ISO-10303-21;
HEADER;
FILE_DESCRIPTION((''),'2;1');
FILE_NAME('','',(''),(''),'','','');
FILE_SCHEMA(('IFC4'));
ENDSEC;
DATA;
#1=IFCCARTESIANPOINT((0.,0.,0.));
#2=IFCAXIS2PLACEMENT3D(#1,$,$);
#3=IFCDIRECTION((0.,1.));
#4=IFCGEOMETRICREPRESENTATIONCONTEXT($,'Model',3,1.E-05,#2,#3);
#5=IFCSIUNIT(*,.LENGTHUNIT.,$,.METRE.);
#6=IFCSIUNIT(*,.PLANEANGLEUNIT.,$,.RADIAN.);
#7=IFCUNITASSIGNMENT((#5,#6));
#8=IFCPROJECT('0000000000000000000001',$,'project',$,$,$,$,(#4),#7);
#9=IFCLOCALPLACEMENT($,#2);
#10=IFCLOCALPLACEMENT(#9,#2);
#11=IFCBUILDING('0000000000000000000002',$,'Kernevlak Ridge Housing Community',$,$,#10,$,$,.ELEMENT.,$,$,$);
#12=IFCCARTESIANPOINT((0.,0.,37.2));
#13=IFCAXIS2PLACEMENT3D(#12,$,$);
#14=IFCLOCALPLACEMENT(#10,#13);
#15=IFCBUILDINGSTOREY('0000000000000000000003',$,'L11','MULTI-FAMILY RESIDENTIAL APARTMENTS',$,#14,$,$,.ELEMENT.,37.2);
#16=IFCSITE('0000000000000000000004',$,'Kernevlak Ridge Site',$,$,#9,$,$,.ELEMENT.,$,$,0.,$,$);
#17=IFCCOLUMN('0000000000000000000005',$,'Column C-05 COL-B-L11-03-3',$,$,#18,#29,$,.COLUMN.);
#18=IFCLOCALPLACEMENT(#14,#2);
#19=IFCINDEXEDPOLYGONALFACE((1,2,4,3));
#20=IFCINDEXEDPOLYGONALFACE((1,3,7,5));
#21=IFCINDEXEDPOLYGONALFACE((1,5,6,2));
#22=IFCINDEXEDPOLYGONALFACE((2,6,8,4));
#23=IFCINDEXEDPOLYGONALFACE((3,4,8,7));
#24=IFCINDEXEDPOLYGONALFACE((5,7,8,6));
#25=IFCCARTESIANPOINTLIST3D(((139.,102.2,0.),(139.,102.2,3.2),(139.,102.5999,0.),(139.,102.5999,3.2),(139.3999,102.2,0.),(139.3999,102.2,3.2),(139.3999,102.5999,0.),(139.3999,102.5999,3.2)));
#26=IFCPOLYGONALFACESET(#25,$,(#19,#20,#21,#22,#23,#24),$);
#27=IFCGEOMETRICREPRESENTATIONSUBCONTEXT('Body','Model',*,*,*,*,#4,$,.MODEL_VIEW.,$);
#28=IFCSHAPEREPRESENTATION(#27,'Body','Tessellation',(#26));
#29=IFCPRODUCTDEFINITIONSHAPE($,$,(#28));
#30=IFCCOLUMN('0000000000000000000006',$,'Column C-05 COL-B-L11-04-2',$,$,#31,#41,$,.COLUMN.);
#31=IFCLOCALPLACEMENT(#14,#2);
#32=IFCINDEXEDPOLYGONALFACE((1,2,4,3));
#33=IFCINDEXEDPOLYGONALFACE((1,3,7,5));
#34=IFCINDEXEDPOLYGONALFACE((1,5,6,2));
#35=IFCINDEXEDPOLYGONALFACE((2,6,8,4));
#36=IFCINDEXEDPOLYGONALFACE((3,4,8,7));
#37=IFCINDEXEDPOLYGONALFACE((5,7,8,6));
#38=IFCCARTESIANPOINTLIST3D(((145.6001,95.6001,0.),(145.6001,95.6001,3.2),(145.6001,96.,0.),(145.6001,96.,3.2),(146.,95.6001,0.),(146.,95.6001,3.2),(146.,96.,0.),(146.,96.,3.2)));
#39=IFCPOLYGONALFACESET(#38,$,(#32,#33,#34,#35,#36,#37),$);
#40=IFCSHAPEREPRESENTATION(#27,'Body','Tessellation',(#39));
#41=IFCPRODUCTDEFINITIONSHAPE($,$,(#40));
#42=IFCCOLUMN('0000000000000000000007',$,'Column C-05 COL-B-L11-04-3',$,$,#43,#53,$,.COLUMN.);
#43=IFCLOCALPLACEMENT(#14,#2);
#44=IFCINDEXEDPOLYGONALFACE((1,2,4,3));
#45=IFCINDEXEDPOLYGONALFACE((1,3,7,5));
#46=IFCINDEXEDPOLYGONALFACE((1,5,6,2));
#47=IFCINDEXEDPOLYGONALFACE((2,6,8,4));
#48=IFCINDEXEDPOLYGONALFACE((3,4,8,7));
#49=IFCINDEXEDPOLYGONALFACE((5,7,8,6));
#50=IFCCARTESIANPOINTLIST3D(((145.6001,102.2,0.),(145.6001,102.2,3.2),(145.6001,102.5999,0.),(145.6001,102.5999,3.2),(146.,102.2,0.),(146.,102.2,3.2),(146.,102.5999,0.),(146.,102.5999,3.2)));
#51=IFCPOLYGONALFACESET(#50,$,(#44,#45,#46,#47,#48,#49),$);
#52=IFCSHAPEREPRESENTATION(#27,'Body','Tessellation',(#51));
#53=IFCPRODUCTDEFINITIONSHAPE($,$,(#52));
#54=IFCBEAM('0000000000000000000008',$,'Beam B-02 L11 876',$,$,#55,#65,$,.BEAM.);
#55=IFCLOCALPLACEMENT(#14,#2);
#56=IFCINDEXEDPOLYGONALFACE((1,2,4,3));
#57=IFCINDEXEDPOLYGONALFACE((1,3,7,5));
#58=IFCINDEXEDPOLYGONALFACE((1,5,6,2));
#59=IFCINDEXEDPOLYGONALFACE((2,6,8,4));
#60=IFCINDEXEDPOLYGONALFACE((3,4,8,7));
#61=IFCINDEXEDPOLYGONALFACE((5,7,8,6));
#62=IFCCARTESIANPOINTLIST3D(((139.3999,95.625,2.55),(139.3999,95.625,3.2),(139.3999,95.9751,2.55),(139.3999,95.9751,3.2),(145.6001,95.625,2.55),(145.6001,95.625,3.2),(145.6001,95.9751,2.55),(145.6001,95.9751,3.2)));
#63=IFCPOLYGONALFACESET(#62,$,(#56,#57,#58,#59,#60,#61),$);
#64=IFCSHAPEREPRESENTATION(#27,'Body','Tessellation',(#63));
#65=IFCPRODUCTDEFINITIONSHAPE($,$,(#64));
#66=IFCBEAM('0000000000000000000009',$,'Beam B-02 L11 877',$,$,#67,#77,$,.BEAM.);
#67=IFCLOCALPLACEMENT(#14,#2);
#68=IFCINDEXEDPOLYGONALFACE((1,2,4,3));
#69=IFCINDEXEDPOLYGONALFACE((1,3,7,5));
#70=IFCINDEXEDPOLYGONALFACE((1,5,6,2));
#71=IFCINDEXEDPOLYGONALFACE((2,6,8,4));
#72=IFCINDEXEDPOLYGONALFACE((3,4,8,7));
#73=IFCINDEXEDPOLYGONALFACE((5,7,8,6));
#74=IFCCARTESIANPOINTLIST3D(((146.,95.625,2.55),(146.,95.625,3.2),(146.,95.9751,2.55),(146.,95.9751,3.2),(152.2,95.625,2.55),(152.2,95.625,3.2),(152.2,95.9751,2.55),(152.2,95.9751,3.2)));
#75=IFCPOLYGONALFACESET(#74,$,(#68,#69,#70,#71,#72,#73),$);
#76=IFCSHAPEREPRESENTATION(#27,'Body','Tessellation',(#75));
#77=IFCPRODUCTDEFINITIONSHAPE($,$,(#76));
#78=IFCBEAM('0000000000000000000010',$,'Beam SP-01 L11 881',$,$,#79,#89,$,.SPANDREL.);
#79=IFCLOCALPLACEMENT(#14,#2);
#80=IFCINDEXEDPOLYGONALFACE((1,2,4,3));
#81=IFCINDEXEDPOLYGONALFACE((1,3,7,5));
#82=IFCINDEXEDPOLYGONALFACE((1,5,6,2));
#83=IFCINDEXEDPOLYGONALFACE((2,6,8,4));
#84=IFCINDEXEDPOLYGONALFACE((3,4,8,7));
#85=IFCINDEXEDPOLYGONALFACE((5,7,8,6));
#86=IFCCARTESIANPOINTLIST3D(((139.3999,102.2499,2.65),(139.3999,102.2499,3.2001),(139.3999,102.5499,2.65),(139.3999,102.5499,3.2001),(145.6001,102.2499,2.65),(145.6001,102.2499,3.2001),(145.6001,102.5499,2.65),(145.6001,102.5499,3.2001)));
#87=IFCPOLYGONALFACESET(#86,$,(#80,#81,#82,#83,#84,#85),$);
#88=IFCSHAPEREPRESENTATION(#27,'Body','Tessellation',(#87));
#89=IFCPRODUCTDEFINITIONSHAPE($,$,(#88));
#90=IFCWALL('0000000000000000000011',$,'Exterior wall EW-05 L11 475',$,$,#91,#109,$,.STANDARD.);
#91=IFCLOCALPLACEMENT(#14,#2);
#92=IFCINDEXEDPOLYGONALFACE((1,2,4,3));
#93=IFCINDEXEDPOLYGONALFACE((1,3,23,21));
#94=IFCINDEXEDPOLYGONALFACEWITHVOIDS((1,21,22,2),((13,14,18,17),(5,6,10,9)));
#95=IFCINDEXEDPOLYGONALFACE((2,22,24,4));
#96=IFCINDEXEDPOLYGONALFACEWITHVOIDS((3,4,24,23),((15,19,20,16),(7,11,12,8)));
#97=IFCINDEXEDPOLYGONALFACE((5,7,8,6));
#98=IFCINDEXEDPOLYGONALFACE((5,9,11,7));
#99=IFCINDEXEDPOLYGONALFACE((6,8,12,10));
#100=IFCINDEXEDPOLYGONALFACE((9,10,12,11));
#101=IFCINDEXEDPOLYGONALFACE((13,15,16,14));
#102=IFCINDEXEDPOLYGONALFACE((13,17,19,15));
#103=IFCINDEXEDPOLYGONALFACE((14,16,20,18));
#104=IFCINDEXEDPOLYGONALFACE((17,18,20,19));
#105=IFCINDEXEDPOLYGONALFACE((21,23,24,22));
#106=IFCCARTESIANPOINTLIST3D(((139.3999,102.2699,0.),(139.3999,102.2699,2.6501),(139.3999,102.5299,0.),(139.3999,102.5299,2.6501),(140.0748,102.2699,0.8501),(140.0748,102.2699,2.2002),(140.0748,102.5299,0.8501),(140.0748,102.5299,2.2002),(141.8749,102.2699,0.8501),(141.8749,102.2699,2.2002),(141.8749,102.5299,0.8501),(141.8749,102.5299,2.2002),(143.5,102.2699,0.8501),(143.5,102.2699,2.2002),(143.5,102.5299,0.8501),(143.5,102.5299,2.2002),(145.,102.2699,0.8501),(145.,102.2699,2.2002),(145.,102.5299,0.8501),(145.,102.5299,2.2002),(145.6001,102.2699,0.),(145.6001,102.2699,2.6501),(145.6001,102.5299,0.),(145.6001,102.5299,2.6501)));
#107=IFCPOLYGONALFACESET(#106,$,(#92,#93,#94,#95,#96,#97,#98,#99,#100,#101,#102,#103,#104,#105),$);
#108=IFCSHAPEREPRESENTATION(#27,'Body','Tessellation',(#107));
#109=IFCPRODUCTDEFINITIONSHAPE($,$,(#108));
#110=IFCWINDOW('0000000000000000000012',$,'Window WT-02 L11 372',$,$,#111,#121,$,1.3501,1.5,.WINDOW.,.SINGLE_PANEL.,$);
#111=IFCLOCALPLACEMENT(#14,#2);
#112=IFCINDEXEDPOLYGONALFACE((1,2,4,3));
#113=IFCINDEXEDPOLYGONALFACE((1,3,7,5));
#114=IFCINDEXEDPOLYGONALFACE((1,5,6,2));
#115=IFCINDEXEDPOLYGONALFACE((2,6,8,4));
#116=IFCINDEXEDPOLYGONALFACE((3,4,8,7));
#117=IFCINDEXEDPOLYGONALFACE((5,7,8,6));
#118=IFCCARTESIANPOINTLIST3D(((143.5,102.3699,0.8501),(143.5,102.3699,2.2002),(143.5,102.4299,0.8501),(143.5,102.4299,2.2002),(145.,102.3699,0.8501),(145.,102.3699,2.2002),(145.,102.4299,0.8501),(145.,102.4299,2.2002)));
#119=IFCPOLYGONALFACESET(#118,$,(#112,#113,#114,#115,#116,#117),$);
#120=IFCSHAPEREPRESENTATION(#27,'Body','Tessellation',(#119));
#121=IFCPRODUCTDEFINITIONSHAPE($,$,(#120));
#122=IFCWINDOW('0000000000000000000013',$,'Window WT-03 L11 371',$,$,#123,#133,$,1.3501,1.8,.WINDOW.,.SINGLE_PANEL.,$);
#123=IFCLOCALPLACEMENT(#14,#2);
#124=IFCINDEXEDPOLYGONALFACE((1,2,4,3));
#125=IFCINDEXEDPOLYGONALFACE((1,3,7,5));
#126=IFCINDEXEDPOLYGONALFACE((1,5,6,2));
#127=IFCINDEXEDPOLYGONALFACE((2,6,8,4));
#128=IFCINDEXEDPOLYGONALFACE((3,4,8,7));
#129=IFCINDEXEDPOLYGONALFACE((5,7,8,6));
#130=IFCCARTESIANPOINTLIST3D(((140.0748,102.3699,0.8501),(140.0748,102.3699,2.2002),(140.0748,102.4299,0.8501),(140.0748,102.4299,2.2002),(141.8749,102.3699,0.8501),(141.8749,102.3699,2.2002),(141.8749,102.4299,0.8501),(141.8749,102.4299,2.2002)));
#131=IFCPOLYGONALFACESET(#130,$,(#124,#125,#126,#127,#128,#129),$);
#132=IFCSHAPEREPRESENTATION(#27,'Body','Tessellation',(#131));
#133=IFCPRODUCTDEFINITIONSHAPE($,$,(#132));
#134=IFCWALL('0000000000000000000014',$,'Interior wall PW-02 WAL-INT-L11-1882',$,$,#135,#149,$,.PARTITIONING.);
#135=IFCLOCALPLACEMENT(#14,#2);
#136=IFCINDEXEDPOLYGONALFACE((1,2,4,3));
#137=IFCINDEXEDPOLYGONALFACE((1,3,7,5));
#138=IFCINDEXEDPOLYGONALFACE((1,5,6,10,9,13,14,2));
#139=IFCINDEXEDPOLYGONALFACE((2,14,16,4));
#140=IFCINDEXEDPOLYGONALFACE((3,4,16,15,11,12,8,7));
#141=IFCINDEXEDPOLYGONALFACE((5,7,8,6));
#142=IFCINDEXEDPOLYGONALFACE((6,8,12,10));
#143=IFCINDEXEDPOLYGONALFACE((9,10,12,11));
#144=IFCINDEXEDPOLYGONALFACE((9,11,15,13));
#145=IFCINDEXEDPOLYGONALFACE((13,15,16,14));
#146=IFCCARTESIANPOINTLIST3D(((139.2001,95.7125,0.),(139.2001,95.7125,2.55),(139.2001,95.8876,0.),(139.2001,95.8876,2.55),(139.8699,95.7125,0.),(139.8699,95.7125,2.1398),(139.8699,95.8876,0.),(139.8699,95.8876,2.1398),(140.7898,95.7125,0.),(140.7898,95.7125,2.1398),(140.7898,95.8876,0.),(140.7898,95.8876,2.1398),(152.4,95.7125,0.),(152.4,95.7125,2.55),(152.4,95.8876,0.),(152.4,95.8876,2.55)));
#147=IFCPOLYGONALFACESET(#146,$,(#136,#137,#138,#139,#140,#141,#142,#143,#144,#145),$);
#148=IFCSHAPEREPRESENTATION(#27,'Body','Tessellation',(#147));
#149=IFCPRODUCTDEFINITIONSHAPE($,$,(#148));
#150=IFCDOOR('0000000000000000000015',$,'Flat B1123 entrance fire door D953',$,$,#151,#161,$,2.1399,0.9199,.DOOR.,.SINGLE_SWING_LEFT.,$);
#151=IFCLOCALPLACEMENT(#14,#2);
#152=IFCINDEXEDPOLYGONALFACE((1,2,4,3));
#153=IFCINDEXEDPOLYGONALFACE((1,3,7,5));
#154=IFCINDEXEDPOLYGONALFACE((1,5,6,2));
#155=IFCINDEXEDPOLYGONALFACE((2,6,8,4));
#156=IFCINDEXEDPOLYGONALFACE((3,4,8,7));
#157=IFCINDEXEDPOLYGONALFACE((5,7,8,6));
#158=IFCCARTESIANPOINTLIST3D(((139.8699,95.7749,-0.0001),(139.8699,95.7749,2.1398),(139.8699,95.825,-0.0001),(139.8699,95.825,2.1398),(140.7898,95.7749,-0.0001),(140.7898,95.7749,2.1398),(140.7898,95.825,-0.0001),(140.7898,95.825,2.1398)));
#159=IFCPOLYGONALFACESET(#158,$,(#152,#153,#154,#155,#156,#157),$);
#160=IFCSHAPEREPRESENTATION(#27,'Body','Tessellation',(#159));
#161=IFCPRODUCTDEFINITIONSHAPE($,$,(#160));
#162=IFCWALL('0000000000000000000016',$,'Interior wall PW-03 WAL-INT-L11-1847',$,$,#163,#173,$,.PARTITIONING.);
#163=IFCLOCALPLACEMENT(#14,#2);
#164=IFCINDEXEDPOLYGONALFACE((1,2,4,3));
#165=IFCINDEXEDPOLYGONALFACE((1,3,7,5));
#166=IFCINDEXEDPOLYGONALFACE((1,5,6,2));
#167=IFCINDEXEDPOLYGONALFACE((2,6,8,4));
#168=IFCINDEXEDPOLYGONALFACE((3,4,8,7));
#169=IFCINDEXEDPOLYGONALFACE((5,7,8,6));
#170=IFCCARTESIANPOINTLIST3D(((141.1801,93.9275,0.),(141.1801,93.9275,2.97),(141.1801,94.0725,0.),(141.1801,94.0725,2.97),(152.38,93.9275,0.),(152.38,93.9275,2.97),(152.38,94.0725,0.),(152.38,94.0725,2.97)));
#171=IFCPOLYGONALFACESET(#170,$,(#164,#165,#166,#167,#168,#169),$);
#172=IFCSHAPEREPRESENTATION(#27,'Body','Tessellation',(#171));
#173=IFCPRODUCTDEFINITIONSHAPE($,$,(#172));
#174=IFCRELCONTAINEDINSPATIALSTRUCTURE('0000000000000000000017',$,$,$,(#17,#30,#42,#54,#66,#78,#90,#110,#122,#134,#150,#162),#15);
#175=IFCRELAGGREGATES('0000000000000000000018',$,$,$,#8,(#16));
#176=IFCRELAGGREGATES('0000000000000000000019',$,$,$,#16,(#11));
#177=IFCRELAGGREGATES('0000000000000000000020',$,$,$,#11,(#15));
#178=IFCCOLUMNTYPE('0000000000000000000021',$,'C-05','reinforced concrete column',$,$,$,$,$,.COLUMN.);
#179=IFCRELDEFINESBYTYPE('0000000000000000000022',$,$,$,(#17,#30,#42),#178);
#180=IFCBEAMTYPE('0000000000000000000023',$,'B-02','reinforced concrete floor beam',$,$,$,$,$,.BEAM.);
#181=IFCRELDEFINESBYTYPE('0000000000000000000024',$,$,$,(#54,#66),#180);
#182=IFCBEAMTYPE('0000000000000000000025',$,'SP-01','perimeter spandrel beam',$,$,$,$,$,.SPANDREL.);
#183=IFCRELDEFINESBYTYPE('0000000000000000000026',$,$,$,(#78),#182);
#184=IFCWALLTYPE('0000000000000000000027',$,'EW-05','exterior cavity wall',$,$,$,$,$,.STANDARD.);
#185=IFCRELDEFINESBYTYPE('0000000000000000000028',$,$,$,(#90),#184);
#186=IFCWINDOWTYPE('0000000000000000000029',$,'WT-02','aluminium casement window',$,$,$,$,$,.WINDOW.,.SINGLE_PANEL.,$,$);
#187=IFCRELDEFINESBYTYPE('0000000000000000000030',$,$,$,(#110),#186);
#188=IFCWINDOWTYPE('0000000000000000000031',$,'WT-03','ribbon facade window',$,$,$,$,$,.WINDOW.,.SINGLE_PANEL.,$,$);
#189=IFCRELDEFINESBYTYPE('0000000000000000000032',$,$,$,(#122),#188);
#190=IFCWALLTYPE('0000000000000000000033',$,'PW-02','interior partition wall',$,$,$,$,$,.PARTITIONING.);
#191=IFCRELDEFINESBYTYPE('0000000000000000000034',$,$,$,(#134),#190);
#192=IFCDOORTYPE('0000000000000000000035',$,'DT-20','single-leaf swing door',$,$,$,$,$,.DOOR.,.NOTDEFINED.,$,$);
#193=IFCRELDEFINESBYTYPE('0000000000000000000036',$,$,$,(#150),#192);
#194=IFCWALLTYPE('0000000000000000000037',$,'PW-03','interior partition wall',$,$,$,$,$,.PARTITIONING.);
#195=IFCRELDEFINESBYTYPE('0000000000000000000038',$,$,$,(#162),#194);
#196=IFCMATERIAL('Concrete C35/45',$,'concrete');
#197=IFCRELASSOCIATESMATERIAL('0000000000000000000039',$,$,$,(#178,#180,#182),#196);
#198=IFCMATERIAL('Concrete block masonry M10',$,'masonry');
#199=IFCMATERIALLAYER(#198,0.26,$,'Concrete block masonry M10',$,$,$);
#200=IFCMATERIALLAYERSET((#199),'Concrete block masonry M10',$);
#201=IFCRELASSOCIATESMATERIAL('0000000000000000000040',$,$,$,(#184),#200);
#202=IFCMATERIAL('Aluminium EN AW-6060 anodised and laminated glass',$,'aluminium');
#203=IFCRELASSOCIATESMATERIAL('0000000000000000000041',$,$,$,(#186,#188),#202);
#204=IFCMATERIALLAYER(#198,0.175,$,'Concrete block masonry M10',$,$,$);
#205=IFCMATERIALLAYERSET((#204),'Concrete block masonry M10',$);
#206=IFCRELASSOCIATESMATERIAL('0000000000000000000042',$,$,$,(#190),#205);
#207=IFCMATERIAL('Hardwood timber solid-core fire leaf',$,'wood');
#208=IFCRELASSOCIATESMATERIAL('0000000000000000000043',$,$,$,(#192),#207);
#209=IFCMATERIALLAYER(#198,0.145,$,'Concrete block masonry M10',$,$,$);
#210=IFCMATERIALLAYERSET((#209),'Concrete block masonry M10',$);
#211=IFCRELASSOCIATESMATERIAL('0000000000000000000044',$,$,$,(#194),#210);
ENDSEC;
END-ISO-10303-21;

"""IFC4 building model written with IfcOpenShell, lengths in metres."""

from ifc_helpers import new_model, si_unit, direction, frame, frame_2d, origin, origin_2d, place, context, subcontext, project, spatial, rectangle, extrude, material, layer, layer_set, material_profile, profile_set, type_object, element, fill, save


model = new_model("IFC4")

# Units and contexts
model_context = context("Model", 3, precision=1e-05, world=origin(), true_north=direction((0.0, 1.0)))
body_context = subcontext(model_context, "Body", "Model", "MODEL_VIEW")
ifc_project = project(units=[si_unit("LENGTHUNIT", "METRE"), si_unit("PLANEANGLEUNIT", "RADIAN")], contexts=[model_context])

# Site, building, storey
site_placement = place(None, origin())
site = spatial("IfcSite", under=ifc_project, at=site_placement, Name="Kernevlak Ridge Site", CompositionType="ELEMENT", RefElevation=0.0)
building_placement = place(site_placement, origin())
building = spatial("IfcBuilding", under=site, at=building_placement, Name="Kernevlak Ridge Housing Community", CompositionType="ELEMENT")
storey_placement = place(building_placement, frame((0.0, 0.0, 37.2)))
storey = spatial("IfcBuildingStorey", under=building, at=storey_placement, Name="L11", Description="MULTI-FAMILY RESIDENTIAL APARTMENTS", CompositionType="ELEMENT", Elevation=37.2)

# Columns
ifc_material_1 = material(Name="Concrete C35/45", Category="concrete")
ifc_material_profile_1 = material_profile(ifc_material_1, rectangle(XDim=0.3999, YDim=0.3999, at=origin_2d()), Name="RC 400x400")
ifc_profile_set_1 = profile_set([ifc_material_profile_1], Name="Concrete C35/45")
column_type = type_object("IfcColumnType", Name="C-05", Description="reinforced concrete column", PredefinedType="COLUMN", material=ifc_profile_set_1)
for number, where, z_axis, x_axis, name in (
    (1, (139.2, 102.3999, 0.0), (0.0, 0.0, 1.0), (1.0, 0.0, 0.0), "Column C-05 COL-B-L11-03-3"),
    (2, (145.8, 95.8, 0.0), (0.0, 0.0, 1.0), (1.0, 0.0, 0.0), "Column C-05 COL-B-L11-04-2"),
    (3, (145.8, 102.3999, 0.0), (0.0, 0.0, 1.0), (1.0, 0.0, 0.0), "Column C-05 COL-B-L11-04-3"),
):
    element("IfcColumn", number, at=place(storey_placement, frame(where, z_axis=z_axis, x_axis=x_axis)), inside=storey, type_object=column_type, Name=name, PredefinedType="COLUMN", context=body_context, shape_type="SweptSolid", body=[
        extrude(rectangle(XDim=0.3999, YDim=0.3999, at=origin_2d()), origin(), (0.0, 0.0, 1.0), 3.2),
    ])

# Beams
ifc_material_profile_2 = material_profile(ifc_material_1, rectangle(XDim=0.3501, YDim=0.6499, at=origin_2d()), Name="RC 350x650")
ifc_profile_set_2 = profile_set([ifc_material_profile_2], Name="Concrete C35/45")
beam_type_1 = type_object("IfcBeamType", Name="B-02", Description="reinforced concrete floor beam", PredefinedType="BEAM", material=ifc_profile_set_2)
beam_1_placement = place(storey_placement, frame((139.3999, 95.8, 2.875), z_axis=(1.0, 0.0, 0.0), x_axis=(0.0, 1.0, 0.0)))
element("IfcBeam", 4, at=beam_1_placement, inside=storey, type_object=beam_type_1, Name="Beam B-02 L11 876", PredefinedType="BEAM", context=body_context, shape_type="SweptSolid", body=[
    extrude(rectangle(XDim=0.3501, YDim=0.6499, at=origin_2d()), origin(), (0.0, 0.0, 1.0), 6.2002),
])
beam_2_placement = place(storey_placement, frame((146.0, 95.8, 2.875), z_axis=(1.0, 0.0, 0.0), x_axis=(0.0, 1.0, 0.0)))
element("IfcBeam", 5, at=beam_2_placement, inside=storey, type_object=beam_type_1, Name="Beam B-02 L11 877", PredefinedType="BEAM", context=body_context, shape_type="SweptSolid", body=[
    extrude(rectangle(XDim=0.3501, YDim=0.6499, at=origin_2d()), origin(), (0.0, 0.0, 1.0), 6.2),
])
ifc_material_profile_3 = material_profile(ifc_material_1, rectangle(XDim=0.3, YDim=0.55, at=origin_2d()), Name="RC 300x550")
ifc_profile_set_3 = profile_set([ifc_material_profile_3], Name="Concrete C35/45")
beam_type_2 = type_object("IfcBeamType", Name="SP-01", Description="perimeter spandrel beam", PredefinedType="SPANDREL", material=ifc_profile_set_3)
beam_3_placement = place(storey_placement, frame((139.3999, 102.3999, 2.925), z_axis=(1.0, 0.0, 0.0), x_axis=(0.0, 1.0, 0.0)))
element("IfcBeam", 6, at=beam_3_placement, inside=storey, type_object=beam_type_2, Name="Beam SP-01 L11 881", PredefinedType="SPANDREL", context=body_context, shape_type="SweptSolid", body=[
    extrude(rectangle(XDim=0.3, YDim=0.55, at=origin_2d()), origin(), (0.0, 0.0, 1.0), 6.2002),
])

# Wall, openings, windows
ifc_material_2 = material(Name="Concrete block masonry M10", Category="masonry")
ifc_layer_1 = layer(ifc_material_2, 0.26, Name="Concrete block masonry M10")
ifc_layer_set_1 = layer_set([ifc_layer_1], Name="Concrete block masonry M10")
wall_type_1 = type_object("IfcWallType", Name="EW-05", Description="exterior cavity wall", PredefinedType="STANDARD", material=ifc_layer_set_1)
wall_1_placement = place(storey_placement, frame((139.3999, 102.3999, 0.0), z_axis=(0.0, 0.0, 1.0), x_axis=(1.0, 0.0, 0.0)))
wall_1 = element("IfcWall", 7, at=wall_1_placement, inside=storey, type_object=wall_type_1, Name="Exterior wall EW-05 L11 475", PredefinedType="STANDARD", context=body_context, shape_type="SweptSolid", body=[
    extrude(rectangle(XDim=6.2002, YDim=0.26, at=frame_2d((3.1001, 0.0))), origin(), (0.0, 0.0, 1.0), 2.6501),
])
opening_1_placement = place(wall_1_placement, frame((0.675, 0.0, 0.8501)))
opening_1 = element("IfcOpeningElement", 8, at=opening_1_placement, cuts=wall_1, PredefinedType="OPENING", context=body_context, shape_type="SweptSolid", body=[
    extrude(rectangle(XDim=1.8, YDim=1.3501, at=frame_2d((0.8999, 0.675))), frame((0.0, 0.1399, 0.0), z_axis=(0.0, -1.0, 0.0), x_axis=(1.0, 0.0, 0.0)), (0.0, 0.0, 1.0), 0.28),
])
opening_2_placement = place(wall_1_placement, frame((4.1001, 0.0, 0.8501)))
opening_2 = element("IfcOpeningElement", 9, at=opening_2_placement, cuts=wall_1, PredefinedType="OPENING", context=body_context, shape_type="SweptSolid", body=[
    extrude(rectangle(XDim=1.5, YDim=1.3501, at=frame_2d((0.75, 0.675))), frame((0.0, 0.1399, 0.0), z_axis=(0.0, -1.0, 0.0), x_axis=(1.0, 0.0, 0.0)), (0.0, 0.0, 1.0), 0.28),
])
ifc_material_3 = material(Name="Aluminium EN AW-6060 anodised and laminated glass", Category="aluminium")
window_type_1 = type_object("IfcWindowType", Name="WT-02", Description="aluminium casement window", PartitioningType="SINGLE_PANEL", PredefinedType="WINDOW", material=ifc_material_3)
window_1_placement = place(opening_2_placement, origin())
window_1 = element("IfcWindow", 10, at=window_1_placement, inside=storey, type_object=window_type_1, Name="Window WT-02 L11 372", OverallHeight=1.3501, OverallWidth=1.5, PartitioningType="SINGLE_PANEL", PredefinedType="WINDOW", context=body_context, shape_type="SweptSolid", body=[
    extrude(rectangle(XDim=1.5, YDim=1.3501, at=frame_2d((0.75, 0.675))), frame((0.0, 0.03, 0.0), z_axis=(0.0, -1.0, 0.0), x_axis=(1.0, 0.0, 0.0)), (0.0, 0.0, 1.0), 0.0601),
])
fill(opening_2, window_1)
window_type_2 = type_object("IfcWindowType", Name="WT-03", Description="ribbon facade window", PartitioningType="SINGLE_PANEL", PredefinedType="WINDOW", material=ifc_material_3)
window_2_placement = place(opening_1_placement, origin())
window_2 = element("IfcWindow", 11, at=window_2_placement, inside=storey, type_object=window_type_2, Name="Window WT-03 L11 371", OverallHeight=1.3501, OverallWidth=1.8, PartitioningType="SINGLE_PANEL", PredefinedType="WINDOW", context=body_context, shape_type="SweptSolid", body=[
    extrude(rectangle(XDim=1.8, YDim=1.3501, at=frame_2d((0.8999, 0.675))), frame((0.0, 0.03, 0.0), z_axis=(0.0, -1.0, 0.0), x_axis=(1.0, 0.0, 0.0)), (0.0, 0.0, 1.0), 0.0601),
])
fill(opening_1, window_2)

# Wall, opening, door
ifc_layer_2 = layer(ifc_material_2, 0.175, Name="Concrete block masonry M10")
ifc_layer_set_2 = layer_set([ifc_layer_2], Name="Concrete block masonry M10")
wall_type_2 = type_object("IfcWallType", Name="PW-02", Description="interior partition wall", PredefinedType="PARTITIONING", material=ifc_layer_set_2)
wall_2_placement = place(storey_placement, frame((139.2, 95.8, 0.0), z_axis=(0.0, 0.0, 1.0), x_axis=(1.0, 0.0, 0.0)))
wall_2 = element("IfcWall", 12, at=wall_2_placement, inside=storey, type_object=wall_type_2, Name="Interior wall PW-02 WAL-INT-L11-1882", PredefinedType="PARTITIONING", context=body_context, shape_type="SweptSolid", body=[
    extrude(rectangle(XDim=13.2, YDim=0.175, at=frame_2d((6.6001, 0.0))), origin(), (0.0, 0.0, 1.0), 2.55),
])
opening_3_placement = place(wall_2_placement, frame((0.6699, 0.0, 0.0)))
opening_3 = element("IfcOpeningElement", 13, at=opening_3_placement, cuts=wall_2, PredefinedType="OPENING", context=body_context, shape_type="SweptSolid", body=[
    extrude(rectangle(XDim=0.9199, YDim=2.1399, at=frame_2d((0.46, 1.0698))), frame((0.0, 0.0974, 0.0), z_axis=(0.0, -1.0, 0.0), x_axis=(1.0, 0.0, 0.0)), (0.0, 0.0, 1.0), 0.1951),
])
ifc_material_4 = material(Name="Hardwood timber solid-core fire leaf", Category="wood")
door_type_1 = type_object("IfcDoorType", Name="DT-20", Description="single-leaf swing door", OperationType="NOTDEFINED", PredefinedType="DOOR", material=ifc_material_4)
door_1_placement = place(opening_3_placement, origin())
door_1 = element("IfcDoor", 14, at=door_1_placement, inside=storey, type_object=door_type_1, Name="Flat B1123 entrance fire door D953", OperationType="SINGLE_SWING_LEFT", OverallHeight=2.1399, OverallWidth=0.9199, PredefinedType="DOOR", context=body_context, shape_type="SweptSolid", body=[
    extrude(rectangle(XDim=0.9199, YDim=2.1399, at=frame_2d((0.46, 1.0698))), frame((0.0, 0.0249, 0.0), z_axis=(0.0, -1.0, 0.0), x_axis=(1.0, 0.0, 0.0)), (0.0, 0.0, 1.0), 0.05),
])
fill(opening_3, door_1)

# Wall
ifc_layer_3 = layer(ifc_material_2, 0.145, Name="Concrete block masonry M10")
ifc_layer_set_3 = layer_set([ifc_layer_3], Name="Concrete block masonry M10")
wall_type_3 = type_object("IfcWallType", Name="PW-03", Description="interior partition wall", PredefinedType="PARTITIONING", material=ifc_layer_set_3)
wall_3_placement = place(storey_placement, frame((141.1799, 94.0, 0.0), z_axis=(0.0, 0.0, 1.0), x_axis=(1.0, 0.0, 0.0)))
element("IfcWall", 15, at=wall_3_placement, inside=storey, type_object=wall_type_3, Name="Interior wall PW-03 WAL-INT-L11-1847", PredefinedType="PARTITIONING", context=body_context, shape_type="SweptSolid", body=[
    extrude(rectangle(XDim=11.2, YDim=0.145, at=frame_2d((5.6001, 0.0))), origin(), (0.0, 0.0, 1.0), 2.97),
])

save(model, "model.ifc")
